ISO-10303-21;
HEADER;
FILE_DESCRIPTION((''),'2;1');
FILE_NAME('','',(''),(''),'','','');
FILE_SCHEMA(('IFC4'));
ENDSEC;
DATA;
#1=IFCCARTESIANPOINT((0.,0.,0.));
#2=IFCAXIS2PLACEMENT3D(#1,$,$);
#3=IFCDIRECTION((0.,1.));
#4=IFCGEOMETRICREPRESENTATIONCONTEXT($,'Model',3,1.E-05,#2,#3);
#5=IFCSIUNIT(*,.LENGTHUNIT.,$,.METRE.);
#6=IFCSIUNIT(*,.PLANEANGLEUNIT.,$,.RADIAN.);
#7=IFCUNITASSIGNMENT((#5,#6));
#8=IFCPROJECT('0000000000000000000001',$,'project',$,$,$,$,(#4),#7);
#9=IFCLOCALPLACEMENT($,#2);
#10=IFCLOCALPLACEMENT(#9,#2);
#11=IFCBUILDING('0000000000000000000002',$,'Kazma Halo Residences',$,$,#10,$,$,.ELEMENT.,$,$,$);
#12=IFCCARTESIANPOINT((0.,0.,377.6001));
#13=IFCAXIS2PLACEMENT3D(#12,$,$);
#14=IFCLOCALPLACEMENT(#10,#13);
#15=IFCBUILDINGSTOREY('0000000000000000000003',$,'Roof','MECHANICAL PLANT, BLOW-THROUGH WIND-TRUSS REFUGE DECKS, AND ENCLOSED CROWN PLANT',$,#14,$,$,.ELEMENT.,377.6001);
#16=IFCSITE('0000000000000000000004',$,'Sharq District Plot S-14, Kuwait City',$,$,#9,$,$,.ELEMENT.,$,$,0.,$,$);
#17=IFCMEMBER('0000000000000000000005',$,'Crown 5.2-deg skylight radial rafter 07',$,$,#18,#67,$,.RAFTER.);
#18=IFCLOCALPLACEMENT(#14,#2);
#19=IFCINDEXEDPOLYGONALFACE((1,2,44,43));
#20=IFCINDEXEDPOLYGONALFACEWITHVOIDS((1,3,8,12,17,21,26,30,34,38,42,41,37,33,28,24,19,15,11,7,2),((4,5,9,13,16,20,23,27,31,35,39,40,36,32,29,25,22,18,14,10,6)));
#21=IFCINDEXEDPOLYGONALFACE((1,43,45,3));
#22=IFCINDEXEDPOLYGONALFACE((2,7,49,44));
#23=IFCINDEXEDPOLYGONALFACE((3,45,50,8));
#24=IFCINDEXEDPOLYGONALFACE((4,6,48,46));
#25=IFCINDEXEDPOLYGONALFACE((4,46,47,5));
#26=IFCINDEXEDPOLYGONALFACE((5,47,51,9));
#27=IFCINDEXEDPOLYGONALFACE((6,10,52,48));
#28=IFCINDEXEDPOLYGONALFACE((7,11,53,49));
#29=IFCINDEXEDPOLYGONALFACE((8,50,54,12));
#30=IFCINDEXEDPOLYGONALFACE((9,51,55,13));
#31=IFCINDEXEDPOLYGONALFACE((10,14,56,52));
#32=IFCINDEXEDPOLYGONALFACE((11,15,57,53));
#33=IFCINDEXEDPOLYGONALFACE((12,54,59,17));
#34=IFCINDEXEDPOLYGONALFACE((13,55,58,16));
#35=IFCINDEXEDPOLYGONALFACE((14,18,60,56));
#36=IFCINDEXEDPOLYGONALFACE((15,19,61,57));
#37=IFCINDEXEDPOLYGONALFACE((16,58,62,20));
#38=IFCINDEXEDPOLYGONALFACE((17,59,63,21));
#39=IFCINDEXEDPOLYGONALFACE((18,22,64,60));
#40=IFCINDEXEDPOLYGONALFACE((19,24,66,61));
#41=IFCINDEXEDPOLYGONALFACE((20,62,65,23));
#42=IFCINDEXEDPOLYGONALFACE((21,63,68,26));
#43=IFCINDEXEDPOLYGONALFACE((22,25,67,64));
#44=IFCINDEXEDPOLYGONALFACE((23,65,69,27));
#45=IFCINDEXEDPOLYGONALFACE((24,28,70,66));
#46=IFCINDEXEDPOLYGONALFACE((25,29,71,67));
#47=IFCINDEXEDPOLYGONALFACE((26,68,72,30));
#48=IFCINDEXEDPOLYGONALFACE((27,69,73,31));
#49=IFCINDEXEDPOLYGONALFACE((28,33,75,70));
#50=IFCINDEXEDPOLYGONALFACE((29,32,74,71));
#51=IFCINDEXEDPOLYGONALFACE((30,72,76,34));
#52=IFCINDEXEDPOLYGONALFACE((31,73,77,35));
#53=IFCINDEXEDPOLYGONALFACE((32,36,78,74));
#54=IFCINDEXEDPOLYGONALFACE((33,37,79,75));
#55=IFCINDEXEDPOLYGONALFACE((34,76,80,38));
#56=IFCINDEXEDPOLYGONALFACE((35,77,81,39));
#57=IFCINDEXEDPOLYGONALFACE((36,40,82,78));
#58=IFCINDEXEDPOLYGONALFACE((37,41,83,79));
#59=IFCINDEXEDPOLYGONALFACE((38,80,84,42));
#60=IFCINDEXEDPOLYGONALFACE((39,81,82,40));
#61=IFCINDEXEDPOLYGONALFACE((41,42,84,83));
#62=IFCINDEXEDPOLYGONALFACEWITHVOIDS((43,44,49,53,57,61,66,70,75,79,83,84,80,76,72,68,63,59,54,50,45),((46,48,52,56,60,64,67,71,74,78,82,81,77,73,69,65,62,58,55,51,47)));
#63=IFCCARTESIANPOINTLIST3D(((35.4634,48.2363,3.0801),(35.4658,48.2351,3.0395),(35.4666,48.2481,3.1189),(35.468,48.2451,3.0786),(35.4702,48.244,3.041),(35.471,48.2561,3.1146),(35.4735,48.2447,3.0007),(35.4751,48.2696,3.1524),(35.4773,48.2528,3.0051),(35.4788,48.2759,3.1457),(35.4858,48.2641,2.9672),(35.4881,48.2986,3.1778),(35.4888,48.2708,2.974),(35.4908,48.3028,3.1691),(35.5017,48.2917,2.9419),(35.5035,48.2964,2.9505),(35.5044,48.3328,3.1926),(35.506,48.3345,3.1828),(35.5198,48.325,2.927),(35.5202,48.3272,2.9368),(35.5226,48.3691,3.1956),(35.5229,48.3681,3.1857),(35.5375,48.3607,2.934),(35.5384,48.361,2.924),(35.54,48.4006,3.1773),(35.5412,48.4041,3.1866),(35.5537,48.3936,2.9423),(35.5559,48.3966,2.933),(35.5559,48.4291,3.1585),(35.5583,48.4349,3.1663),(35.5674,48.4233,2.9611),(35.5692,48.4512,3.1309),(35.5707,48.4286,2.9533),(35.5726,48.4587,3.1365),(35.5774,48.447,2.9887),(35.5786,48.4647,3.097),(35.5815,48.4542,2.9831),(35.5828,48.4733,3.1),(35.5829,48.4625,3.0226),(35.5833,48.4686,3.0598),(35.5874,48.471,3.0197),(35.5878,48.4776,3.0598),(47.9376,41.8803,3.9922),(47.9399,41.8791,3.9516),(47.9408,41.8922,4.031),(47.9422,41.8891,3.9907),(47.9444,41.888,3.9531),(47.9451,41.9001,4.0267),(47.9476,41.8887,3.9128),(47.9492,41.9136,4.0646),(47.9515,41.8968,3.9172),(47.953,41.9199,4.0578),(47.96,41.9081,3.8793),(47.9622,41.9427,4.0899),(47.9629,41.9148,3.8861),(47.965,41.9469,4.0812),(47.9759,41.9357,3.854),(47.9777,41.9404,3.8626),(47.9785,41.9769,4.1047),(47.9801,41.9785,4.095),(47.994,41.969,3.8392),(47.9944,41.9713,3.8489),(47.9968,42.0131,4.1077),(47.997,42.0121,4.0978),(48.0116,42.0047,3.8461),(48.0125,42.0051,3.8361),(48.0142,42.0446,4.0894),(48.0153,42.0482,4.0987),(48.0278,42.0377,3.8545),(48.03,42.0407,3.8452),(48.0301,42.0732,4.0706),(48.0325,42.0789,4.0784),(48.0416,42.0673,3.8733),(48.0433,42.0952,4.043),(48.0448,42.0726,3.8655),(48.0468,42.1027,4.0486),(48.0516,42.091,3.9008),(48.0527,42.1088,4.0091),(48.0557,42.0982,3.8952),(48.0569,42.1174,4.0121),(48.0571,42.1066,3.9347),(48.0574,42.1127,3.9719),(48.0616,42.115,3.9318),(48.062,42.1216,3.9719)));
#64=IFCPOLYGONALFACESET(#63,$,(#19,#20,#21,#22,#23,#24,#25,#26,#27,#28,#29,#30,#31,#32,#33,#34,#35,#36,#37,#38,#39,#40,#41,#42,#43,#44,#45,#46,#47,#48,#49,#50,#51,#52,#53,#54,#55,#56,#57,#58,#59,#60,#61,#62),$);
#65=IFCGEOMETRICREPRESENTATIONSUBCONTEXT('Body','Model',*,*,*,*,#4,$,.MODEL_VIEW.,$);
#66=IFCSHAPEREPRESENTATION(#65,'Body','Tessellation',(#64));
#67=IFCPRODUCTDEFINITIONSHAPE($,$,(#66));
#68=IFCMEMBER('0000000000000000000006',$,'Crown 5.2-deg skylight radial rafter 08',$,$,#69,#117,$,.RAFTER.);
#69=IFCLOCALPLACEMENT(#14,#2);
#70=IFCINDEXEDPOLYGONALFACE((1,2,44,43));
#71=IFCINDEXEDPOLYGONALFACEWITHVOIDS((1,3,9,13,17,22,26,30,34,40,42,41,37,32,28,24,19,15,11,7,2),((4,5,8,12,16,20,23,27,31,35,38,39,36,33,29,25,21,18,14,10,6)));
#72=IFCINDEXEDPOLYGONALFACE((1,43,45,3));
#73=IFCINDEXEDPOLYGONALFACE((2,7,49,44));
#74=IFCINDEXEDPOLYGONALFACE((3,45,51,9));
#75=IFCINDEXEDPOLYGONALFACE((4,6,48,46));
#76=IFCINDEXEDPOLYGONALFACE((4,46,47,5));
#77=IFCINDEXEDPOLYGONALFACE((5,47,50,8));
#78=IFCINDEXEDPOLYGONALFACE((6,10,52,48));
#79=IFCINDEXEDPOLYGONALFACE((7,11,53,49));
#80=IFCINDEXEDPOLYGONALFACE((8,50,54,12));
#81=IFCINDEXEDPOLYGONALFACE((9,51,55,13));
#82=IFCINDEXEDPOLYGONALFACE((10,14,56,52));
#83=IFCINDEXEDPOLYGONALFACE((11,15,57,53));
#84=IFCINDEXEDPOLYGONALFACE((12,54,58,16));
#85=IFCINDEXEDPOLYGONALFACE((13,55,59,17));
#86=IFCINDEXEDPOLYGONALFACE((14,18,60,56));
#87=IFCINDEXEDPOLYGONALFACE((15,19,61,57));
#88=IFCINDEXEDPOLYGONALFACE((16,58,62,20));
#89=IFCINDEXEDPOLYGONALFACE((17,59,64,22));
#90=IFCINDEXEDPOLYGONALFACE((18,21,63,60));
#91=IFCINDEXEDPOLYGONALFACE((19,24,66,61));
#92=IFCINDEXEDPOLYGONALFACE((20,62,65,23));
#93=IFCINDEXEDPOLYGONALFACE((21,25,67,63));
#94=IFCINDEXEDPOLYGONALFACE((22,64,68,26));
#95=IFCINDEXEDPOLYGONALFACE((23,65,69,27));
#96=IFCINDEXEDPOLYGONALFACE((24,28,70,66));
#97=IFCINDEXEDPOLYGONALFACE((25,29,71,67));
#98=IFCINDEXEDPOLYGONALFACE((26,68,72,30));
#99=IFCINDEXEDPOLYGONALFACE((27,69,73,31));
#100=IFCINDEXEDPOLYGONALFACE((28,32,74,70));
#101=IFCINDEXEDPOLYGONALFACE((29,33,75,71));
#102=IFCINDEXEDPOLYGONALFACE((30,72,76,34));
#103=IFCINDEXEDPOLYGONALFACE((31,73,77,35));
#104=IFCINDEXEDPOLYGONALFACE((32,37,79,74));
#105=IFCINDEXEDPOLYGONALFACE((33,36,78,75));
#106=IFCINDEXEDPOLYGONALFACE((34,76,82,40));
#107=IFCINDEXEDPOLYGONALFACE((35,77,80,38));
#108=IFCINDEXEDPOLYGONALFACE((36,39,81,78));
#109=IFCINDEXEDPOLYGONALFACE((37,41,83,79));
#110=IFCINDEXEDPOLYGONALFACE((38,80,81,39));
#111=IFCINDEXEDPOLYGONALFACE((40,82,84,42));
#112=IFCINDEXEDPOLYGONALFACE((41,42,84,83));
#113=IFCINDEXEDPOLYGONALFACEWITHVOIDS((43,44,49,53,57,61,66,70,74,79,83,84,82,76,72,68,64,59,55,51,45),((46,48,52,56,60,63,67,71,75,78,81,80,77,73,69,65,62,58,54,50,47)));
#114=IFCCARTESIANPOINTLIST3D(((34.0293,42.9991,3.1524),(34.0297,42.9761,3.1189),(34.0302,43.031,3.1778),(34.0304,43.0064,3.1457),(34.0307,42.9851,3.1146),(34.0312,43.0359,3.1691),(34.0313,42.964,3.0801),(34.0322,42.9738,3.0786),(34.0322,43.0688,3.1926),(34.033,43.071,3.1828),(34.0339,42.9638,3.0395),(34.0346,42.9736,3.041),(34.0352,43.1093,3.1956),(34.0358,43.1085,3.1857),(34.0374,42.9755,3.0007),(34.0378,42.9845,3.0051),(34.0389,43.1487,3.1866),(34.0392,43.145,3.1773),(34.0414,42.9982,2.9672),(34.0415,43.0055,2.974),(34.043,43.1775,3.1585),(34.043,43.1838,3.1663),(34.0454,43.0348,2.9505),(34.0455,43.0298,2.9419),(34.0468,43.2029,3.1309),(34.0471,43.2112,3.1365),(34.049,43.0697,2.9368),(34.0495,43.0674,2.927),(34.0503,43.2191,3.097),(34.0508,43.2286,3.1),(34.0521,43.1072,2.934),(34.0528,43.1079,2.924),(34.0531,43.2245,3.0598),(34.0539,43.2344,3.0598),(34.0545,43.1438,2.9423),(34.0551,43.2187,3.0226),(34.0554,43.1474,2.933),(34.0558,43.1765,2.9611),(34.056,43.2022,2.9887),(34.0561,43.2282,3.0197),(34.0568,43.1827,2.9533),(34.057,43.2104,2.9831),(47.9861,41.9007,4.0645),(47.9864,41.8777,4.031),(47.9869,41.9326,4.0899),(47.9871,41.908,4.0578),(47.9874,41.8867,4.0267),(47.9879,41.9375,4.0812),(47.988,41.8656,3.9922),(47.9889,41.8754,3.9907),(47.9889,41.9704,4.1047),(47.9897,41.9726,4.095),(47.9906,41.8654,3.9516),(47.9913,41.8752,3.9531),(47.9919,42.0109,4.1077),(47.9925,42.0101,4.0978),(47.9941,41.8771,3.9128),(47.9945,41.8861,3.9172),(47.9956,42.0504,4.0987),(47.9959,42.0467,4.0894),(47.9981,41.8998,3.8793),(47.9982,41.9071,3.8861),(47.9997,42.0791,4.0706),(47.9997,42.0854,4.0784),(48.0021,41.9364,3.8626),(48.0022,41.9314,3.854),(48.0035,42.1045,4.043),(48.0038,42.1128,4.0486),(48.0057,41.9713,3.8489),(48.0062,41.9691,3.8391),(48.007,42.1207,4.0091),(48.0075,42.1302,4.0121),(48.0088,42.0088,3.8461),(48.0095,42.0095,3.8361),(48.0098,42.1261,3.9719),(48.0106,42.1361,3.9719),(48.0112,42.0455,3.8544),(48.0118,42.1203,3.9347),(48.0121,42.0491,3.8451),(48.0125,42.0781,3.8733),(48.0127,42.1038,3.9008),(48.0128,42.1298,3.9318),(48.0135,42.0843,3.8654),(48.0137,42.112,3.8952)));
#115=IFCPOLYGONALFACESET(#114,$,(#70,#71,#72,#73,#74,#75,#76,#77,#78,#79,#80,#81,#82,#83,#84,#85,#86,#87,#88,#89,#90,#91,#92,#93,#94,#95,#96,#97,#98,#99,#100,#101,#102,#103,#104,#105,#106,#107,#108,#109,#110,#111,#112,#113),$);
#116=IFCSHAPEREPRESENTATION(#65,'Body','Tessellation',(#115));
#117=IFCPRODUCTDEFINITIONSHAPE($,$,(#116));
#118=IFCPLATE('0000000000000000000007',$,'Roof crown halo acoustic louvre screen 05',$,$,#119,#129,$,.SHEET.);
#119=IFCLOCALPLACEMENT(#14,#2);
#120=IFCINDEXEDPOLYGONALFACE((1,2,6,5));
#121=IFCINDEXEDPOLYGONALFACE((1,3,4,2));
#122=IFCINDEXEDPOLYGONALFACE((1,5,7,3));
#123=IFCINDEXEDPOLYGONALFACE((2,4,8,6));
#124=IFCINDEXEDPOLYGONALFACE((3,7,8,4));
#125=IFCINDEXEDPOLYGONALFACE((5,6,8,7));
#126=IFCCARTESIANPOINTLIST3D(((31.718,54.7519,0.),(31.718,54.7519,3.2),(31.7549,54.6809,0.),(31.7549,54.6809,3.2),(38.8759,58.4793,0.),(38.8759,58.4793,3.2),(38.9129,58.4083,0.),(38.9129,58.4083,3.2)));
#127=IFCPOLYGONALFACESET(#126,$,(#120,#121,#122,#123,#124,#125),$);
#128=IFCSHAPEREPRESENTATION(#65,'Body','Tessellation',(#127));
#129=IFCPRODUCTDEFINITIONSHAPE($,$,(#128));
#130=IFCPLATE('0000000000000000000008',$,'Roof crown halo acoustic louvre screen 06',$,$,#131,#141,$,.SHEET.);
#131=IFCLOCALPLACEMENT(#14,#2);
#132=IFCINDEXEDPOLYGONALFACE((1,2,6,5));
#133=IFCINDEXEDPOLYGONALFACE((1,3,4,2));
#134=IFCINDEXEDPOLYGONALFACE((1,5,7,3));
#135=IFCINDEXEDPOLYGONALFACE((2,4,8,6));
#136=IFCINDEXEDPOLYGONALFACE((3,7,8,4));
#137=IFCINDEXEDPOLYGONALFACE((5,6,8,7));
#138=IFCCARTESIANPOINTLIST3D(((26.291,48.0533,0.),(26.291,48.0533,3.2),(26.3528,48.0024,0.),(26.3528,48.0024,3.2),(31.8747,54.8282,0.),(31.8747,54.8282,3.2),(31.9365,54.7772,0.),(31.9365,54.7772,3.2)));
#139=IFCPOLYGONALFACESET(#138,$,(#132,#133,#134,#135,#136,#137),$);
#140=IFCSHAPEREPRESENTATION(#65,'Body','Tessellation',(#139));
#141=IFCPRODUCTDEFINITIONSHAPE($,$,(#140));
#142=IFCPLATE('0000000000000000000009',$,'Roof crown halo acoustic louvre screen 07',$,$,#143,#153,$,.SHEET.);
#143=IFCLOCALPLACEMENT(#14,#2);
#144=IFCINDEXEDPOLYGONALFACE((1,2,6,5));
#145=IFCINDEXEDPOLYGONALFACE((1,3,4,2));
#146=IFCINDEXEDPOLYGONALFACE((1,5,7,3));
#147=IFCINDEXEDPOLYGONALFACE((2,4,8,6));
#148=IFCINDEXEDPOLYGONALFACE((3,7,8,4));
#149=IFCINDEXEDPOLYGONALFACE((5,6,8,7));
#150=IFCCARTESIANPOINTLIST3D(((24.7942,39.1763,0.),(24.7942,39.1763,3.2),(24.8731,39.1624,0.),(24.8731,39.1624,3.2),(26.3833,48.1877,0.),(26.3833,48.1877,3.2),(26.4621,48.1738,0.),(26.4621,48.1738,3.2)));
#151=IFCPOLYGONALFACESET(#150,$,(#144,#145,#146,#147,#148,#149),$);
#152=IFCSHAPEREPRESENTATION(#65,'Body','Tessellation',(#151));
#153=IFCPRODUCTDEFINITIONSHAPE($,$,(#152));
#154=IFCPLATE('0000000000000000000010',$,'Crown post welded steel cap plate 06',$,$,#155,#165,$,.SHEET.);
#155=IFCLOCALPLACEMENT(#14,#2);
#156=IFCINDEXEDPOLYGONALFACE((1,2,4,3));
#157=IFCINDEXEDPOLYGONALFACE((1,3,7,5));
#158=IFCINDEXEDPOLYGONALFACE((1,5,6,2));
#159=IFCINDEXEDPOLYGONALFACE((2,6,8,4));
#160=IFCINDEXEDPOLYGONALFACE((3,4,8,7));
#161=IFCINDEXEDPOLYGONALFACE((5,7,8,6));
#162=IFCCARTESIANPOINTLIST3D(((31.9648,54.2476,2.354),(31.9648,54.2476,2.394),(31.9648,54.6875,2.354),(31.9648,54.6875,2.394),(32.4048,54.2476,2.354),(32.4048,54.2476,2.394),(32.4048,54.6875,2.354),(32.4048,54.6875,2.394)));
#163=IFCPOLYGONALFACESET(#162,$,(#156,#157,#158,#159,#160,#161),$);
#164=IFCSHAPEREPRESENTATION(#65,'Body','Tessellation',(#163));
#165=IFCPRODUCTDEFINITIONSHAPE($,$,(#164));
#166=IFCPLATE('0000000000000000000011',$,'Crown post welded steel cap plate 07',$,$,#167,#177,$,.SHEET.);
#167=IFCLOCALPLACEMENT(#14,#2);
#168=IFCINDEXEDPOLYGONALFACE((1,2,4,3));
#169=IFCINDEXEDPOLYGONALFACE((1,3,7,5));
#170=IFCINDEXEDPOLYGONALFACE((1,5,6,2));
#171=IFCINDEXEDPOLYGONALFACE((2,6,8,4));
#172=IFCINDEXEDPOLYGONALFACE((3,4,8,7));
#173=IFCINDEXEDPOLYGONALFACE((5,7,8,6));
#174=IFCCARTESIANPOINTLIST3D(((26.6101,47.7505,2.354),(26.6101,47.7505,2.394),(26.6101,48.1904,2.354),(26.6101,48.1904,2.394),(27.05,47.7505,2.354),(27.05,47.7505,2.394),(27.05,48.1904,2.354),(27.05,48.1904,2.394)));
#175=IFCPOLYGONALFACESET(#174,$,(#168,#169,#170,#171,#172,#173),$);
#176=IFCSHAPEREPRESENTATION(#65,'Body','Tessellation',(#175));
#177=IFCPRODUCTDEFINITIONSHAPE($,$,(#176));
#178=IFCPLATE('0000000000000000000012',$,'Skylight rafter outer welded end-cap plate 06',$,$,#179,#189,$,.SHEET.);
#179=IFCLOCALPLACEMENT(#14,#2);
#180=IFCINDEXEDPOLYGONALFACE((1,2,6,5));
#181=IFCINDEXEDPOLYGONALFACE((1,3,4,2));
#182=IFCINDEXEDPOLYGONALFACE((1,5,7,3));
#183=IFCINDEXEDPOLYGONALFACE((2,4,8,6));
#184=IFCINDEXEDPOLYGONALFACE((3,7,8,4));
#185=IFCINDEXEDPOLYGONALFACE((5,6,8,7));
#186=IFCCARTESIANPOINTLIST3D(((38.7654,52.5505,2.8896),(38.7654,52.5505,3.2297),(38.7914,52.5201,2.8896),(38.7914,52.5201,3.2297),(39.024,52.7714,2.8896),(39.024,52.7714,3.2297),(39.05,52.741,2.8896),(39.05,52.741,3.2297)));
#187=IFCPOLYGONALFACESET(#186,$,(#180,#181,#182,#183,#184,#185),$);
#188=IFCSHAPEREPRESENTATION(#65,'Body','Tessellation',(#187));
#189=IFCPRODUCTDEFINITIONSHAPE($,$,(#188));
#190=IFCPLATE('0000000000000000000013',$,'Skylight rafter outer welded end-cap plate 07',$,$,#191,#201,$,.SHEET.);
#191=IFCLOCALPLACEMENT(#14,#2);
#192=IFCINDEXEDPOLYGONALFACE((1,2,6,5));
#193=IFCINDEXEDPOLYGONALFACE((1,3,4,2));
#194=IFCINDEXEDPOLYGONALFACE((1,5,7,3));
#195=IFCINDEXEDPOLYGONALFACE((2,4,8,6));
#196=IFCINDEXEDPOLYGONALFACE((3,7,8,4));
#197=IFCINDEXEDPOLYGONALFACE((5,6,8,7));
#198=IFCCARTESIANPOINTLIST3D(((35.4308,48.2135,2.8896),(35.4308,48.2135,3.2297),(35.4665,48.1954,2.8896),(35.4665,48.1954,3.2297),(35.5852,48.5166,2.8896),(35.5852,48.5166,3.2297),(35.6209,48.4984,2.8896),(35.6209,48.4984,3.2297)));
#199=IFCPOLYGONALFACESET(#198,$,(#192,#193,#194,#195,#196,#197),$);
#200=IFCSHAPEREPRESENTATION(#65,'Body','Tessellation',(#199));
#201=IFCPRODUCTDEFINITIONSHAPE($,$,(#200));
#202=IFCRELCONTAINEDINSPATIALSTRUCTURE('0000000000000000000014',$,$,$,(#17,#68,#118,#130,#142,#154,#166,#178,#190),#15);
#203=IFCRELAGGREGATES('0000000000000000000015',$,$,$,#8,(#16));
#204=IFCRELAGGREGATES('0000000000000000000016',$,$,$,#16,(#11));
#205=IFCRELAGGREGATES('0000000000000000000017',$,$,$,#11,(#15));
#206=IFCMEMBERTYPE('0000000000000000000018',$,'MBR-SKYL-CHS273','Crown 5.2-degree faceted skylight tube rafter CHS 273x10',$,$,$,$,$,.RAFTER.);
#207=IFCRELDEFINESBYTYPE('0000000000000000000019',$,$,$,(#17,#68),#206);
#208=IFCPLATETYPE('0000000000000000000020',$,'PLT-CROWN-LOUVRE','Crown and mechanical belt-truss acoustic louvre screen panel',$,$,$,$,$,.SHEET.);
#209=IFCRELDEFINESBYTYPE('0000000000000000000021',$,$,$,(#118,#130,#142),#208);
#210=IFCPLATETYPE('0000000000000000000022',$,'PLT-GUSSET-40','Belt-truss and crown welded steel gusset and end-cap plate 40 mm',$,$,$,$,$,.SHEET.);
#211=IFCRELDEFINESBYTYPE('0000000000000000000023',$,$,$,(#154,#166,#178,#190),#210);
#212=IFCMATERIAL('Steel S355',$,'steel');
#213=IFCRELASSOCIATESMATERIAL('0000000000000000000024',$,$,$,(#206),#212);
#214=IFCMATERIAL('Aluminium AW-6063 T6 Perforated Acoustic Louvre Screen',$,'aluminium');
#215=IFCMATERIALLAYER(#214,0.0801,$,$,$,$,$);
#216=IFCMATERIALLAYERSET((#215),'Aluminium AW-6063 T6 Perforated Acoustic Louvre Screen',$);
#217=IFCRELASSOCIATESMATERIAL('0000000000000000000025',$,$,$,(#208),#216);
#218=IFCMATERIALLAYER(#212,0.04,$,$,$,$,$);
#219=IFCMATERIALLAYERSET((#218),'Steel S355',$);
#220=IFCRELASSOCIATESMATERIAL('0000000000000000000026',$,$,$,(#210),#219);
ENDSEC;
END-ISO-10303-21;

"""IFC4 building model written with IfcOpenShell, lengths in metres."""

from ifc_helpers import new_model, si_unit, direction, frame, origin, origin_2d, place, context, subcontext, project, spatial, rectangle, hollow_circle, extrude, material, layer, layer_set, material_profile, profile_set, type_object, element, save


model = new_model("IFC4")

# Units and contexts
model_context = context("Model", 3, precision=1e-05, world=origin(), true_north=direction((0.0, 1.0)))
body_context = subcontext(model_context, "Body", "Model", "MODEL_VIEW")
ifc_project = project(units=[si_unit("LENGTHUNIT", "METRE"), si_unit("PLANEANGLEUNIT", "RADIAN")], contexts=[model_context])

# Site, building, storey
site_placement = place(None, origin())
site = spatial("IfcSite", under=ifc_project, at=site_placement, Name="Sharq District Plot S-14, Kuwait City", CompositionType="ELEMENT", RefElevation=0.0)
building_placement = place(site_placement, origin())
building = spatial("IfcBuilding", under=site, at=building_placement, Name="Kazma Halo Residences", CompositionType="ELEMENT")
storey_placement = place(building_placement, frame((0.0, 0.0, 377.6001)))
storey = spatial("IfcBuildingStorey", under=building, at=storey_placement, Name="Roof", Description="MECHANICAL PLANT, BLOW-THROUGH WIND-TRUSS REFUGE DECKS, AND ENCLOSED CROWN PLANT", CompositionType="ELEMENT", Elevation=377.6001)

# Shared definitions
ifc_material_1 = material(Name="Steel S355", Category="steel")

# Members
ifc_material_profile_1 = material_profile(ifc_material_1, hollow_circle(Radius=0.1365, WallThickness=0.01, at=origin_2d()), Name="CHS273x10")
ifc_profile_set_1 = profile_set([ifc_material_profile_1], Name="Steel S355")
member_type = type_object("IfcMemberType", Name="MBR-SKYL-CHS273", Description="Crown 5.2-degree faceted skylight tube rafter CHS 273x10", PredefinedType="RAFTER", material=ifc_profile_set_1)
for number, where, z_axis, x_axis, name in (
    (1, (35.5259, 48.356, 3.0598), (0.889119, -0.453034, 0.065013), (0.453995, 0.891004, 0.0), "Crown 5.2-deg skylight radial rafter 07"),
):
    element("IfcMember", number, at=place(storey_placement, frame(where, z_axis=z_axis, x_axis=x_axis)), inside=storey, type_object=member_type, Name=name, PredefinedType="RAFTER", context=body_context, shape_type="SweptSolid", body=[
        extrude(hollow_circle(Radius=0.1365, WallThickness=0.01, at=origin_2d()), origin(), (0.0, 0.0, 1.0), 14.0298),
    ])
member_placement = place(storey_placement, frame((34.0432, 43.0984, 3.0598), z_axis=(0.994808, -0.078291, 0.065013), x_axis=(0.078457, 0.996918, 0.0)))
element("IfcMember", 2, at=member_placement, inside=storey, type_object=member_type, Name="Crown 5.2-deg skylight radial rafter 08", PredefinedType="RAFTER", context=body_context, shape_type="SweptSolid", body=[
    extrude(hollow_circle(Radius=0.1365, WallThickness=0.01, at=origin_2d()), origin(), (0.0, 0.0, 1.0), 14.0295),
])

# Plates
ifc_material_2 = material(Name="Aluminium AW-6063 T6 Perforated Acoustic Louvre Screen", Category="aluminium")
ifc_layer_1 = layer(ifc_material_2, 0.0801)
ifc_layer_set_1 = layer_set([ifc_layer_1], Name="Aluminium AW-6063 T6 Perforated Acoustic Louvre Screen")
plate_type_1 = type_object("IfcPlateType", Name="PLT-CROWN-LOUVRE", Description="Crown and mechanical belt-truss acoustic louvre screen panel", PredefinedType="SHEET", material=ifc_layer_set_1)
plate_1_placement = place(storey_placement, frame((35.3154, 56.5801, 0.0), z_axis=(0.0, 0.0, 1.0), x_axis=(-0.88695, -0.461866, 0.0)))
element("IfcPlate", 3, at=plate_1_placement, inside=storey, type_object=plate_type_1, Name="Roof crown halo acoustic louvre screen 05", PredefinedType="SHEET", context=body_context, shape_type="SweptSolid", body=[
    extrude(rectangle(XDim=8.0703, YDim=0.0801, at=origin_2d()), origin(), (0.0, 0.0, 1.0), 3.2),
])
plate_2_placement = place(storey_placement, frame((29.1138, 51.4153, 0.0), z_axis=(0.0, 0.0, 1.0), x_axis=(-0.636008, -0.771683, 0.0)))
element("IfcPlate", 4, at=plate_2_placement, inside=storey, type_object=plate_type_1, Name="Roof crown halo acoustic louvre screen 06", PredefinedType="SHEET", context=body_context, shape_type="SweptSolid", body=[
    extrude(rectangle(XDim=8.7793, YDim=0.0801, at=origin_2d()), origin(), (0.0, 0.0, 1.0), 3.2),
])
plate_3_placement = place(storey_placement, frame((25.6282, 43.675, 0.0), z_axis=(0.0, 0.0, 1.0), x_axis=(-0.173656, -0.984806, 0.0)))
element("IfcPlate", 5, at=plate_3_placement, inside=storey, type_object=plate_type_1, Name="Roof crown halo acoustic louvre screen 07", PredefinedType="SHEET", context=body_context, shape_type="SweptSolid", body=[
    extrude(rectangle(XDim=9.1504, YDim=0.0801, at=origin_2d()), origin(), (0.0, 0.0, 1.0), 3.2),
])
ifc_layer_2 = layer(ifc_material_1, 0.04)
ifc_layer_set_2 = layer_set([ifc_layer_2], Name="Steel S355")
plate_type_2 = type_object("IfcPlateType", Name="PLT-GUSSET-40", Description="Belt-truss and crown welded steel gusset and end-cap plate 40 mm", PredefinedType="SHEET", material=ifc_layer_set_2)
for number, where, z_axis, x_axis, name in (
    (6, (32.1848, 54.4675, 2.354), (0.0, 0.0, 1.0), (1.0, 0.0, 0.0), "Crown post welded steel cap plate 06"),
    (7, (26.8301, 47.9705, 2.354), (0.0, 0.0, 1.0), (1.0, 0.0, 0.0), "Crown post welded steel cap plate 07"),
):
    element("IfcPlate", number, at=place(storey_placement, frame(where, z_axis=z_axis, x_axis=x_axis)), inside=storey, type_object=plate_type_2, Name=name, PredefinedType="SHEET", context=body_context, shape_type="SweptSolid", body=[
        extrude(rectangle(XDim=0.4399, YDim=0.4399, at=origin_2d()), origin(), (0.0, 0.0, 1.0), 0.04),
    ])
for number, where, z_axis, x_axis, name in (
    (8, (38.9077, 52.6458, 2.8896), (0.0, 0.0, 1.0), (-0.649448, 0.760406, 0.0), "Skylight rafter outer welded end-cap plate 06"),
    (9, (35.5259, 48.356, 2.8896), (0.0, 0.0, 1.0), (-0.891007, 0.45399, 0.0), "Skylight rafter outer welded end-cap plate 07"),
):
    element("IfcPlate", number, at=place(storey_placement, frame(where, z_axis=z_axis, x_axis=x_axis)), inside=storey, type_object=plate_type_2, Name=name, PredefinedType="SHEET", context=body_context, shape_type="SweptSolid", body=[
        extrude(rectangle(XDim=0.04, YDim=0.3401, at=origin_2d()), origin(), (0.0, 0.0, 1.0), 0.3401),
    ])

save(model, "model.ifc")
